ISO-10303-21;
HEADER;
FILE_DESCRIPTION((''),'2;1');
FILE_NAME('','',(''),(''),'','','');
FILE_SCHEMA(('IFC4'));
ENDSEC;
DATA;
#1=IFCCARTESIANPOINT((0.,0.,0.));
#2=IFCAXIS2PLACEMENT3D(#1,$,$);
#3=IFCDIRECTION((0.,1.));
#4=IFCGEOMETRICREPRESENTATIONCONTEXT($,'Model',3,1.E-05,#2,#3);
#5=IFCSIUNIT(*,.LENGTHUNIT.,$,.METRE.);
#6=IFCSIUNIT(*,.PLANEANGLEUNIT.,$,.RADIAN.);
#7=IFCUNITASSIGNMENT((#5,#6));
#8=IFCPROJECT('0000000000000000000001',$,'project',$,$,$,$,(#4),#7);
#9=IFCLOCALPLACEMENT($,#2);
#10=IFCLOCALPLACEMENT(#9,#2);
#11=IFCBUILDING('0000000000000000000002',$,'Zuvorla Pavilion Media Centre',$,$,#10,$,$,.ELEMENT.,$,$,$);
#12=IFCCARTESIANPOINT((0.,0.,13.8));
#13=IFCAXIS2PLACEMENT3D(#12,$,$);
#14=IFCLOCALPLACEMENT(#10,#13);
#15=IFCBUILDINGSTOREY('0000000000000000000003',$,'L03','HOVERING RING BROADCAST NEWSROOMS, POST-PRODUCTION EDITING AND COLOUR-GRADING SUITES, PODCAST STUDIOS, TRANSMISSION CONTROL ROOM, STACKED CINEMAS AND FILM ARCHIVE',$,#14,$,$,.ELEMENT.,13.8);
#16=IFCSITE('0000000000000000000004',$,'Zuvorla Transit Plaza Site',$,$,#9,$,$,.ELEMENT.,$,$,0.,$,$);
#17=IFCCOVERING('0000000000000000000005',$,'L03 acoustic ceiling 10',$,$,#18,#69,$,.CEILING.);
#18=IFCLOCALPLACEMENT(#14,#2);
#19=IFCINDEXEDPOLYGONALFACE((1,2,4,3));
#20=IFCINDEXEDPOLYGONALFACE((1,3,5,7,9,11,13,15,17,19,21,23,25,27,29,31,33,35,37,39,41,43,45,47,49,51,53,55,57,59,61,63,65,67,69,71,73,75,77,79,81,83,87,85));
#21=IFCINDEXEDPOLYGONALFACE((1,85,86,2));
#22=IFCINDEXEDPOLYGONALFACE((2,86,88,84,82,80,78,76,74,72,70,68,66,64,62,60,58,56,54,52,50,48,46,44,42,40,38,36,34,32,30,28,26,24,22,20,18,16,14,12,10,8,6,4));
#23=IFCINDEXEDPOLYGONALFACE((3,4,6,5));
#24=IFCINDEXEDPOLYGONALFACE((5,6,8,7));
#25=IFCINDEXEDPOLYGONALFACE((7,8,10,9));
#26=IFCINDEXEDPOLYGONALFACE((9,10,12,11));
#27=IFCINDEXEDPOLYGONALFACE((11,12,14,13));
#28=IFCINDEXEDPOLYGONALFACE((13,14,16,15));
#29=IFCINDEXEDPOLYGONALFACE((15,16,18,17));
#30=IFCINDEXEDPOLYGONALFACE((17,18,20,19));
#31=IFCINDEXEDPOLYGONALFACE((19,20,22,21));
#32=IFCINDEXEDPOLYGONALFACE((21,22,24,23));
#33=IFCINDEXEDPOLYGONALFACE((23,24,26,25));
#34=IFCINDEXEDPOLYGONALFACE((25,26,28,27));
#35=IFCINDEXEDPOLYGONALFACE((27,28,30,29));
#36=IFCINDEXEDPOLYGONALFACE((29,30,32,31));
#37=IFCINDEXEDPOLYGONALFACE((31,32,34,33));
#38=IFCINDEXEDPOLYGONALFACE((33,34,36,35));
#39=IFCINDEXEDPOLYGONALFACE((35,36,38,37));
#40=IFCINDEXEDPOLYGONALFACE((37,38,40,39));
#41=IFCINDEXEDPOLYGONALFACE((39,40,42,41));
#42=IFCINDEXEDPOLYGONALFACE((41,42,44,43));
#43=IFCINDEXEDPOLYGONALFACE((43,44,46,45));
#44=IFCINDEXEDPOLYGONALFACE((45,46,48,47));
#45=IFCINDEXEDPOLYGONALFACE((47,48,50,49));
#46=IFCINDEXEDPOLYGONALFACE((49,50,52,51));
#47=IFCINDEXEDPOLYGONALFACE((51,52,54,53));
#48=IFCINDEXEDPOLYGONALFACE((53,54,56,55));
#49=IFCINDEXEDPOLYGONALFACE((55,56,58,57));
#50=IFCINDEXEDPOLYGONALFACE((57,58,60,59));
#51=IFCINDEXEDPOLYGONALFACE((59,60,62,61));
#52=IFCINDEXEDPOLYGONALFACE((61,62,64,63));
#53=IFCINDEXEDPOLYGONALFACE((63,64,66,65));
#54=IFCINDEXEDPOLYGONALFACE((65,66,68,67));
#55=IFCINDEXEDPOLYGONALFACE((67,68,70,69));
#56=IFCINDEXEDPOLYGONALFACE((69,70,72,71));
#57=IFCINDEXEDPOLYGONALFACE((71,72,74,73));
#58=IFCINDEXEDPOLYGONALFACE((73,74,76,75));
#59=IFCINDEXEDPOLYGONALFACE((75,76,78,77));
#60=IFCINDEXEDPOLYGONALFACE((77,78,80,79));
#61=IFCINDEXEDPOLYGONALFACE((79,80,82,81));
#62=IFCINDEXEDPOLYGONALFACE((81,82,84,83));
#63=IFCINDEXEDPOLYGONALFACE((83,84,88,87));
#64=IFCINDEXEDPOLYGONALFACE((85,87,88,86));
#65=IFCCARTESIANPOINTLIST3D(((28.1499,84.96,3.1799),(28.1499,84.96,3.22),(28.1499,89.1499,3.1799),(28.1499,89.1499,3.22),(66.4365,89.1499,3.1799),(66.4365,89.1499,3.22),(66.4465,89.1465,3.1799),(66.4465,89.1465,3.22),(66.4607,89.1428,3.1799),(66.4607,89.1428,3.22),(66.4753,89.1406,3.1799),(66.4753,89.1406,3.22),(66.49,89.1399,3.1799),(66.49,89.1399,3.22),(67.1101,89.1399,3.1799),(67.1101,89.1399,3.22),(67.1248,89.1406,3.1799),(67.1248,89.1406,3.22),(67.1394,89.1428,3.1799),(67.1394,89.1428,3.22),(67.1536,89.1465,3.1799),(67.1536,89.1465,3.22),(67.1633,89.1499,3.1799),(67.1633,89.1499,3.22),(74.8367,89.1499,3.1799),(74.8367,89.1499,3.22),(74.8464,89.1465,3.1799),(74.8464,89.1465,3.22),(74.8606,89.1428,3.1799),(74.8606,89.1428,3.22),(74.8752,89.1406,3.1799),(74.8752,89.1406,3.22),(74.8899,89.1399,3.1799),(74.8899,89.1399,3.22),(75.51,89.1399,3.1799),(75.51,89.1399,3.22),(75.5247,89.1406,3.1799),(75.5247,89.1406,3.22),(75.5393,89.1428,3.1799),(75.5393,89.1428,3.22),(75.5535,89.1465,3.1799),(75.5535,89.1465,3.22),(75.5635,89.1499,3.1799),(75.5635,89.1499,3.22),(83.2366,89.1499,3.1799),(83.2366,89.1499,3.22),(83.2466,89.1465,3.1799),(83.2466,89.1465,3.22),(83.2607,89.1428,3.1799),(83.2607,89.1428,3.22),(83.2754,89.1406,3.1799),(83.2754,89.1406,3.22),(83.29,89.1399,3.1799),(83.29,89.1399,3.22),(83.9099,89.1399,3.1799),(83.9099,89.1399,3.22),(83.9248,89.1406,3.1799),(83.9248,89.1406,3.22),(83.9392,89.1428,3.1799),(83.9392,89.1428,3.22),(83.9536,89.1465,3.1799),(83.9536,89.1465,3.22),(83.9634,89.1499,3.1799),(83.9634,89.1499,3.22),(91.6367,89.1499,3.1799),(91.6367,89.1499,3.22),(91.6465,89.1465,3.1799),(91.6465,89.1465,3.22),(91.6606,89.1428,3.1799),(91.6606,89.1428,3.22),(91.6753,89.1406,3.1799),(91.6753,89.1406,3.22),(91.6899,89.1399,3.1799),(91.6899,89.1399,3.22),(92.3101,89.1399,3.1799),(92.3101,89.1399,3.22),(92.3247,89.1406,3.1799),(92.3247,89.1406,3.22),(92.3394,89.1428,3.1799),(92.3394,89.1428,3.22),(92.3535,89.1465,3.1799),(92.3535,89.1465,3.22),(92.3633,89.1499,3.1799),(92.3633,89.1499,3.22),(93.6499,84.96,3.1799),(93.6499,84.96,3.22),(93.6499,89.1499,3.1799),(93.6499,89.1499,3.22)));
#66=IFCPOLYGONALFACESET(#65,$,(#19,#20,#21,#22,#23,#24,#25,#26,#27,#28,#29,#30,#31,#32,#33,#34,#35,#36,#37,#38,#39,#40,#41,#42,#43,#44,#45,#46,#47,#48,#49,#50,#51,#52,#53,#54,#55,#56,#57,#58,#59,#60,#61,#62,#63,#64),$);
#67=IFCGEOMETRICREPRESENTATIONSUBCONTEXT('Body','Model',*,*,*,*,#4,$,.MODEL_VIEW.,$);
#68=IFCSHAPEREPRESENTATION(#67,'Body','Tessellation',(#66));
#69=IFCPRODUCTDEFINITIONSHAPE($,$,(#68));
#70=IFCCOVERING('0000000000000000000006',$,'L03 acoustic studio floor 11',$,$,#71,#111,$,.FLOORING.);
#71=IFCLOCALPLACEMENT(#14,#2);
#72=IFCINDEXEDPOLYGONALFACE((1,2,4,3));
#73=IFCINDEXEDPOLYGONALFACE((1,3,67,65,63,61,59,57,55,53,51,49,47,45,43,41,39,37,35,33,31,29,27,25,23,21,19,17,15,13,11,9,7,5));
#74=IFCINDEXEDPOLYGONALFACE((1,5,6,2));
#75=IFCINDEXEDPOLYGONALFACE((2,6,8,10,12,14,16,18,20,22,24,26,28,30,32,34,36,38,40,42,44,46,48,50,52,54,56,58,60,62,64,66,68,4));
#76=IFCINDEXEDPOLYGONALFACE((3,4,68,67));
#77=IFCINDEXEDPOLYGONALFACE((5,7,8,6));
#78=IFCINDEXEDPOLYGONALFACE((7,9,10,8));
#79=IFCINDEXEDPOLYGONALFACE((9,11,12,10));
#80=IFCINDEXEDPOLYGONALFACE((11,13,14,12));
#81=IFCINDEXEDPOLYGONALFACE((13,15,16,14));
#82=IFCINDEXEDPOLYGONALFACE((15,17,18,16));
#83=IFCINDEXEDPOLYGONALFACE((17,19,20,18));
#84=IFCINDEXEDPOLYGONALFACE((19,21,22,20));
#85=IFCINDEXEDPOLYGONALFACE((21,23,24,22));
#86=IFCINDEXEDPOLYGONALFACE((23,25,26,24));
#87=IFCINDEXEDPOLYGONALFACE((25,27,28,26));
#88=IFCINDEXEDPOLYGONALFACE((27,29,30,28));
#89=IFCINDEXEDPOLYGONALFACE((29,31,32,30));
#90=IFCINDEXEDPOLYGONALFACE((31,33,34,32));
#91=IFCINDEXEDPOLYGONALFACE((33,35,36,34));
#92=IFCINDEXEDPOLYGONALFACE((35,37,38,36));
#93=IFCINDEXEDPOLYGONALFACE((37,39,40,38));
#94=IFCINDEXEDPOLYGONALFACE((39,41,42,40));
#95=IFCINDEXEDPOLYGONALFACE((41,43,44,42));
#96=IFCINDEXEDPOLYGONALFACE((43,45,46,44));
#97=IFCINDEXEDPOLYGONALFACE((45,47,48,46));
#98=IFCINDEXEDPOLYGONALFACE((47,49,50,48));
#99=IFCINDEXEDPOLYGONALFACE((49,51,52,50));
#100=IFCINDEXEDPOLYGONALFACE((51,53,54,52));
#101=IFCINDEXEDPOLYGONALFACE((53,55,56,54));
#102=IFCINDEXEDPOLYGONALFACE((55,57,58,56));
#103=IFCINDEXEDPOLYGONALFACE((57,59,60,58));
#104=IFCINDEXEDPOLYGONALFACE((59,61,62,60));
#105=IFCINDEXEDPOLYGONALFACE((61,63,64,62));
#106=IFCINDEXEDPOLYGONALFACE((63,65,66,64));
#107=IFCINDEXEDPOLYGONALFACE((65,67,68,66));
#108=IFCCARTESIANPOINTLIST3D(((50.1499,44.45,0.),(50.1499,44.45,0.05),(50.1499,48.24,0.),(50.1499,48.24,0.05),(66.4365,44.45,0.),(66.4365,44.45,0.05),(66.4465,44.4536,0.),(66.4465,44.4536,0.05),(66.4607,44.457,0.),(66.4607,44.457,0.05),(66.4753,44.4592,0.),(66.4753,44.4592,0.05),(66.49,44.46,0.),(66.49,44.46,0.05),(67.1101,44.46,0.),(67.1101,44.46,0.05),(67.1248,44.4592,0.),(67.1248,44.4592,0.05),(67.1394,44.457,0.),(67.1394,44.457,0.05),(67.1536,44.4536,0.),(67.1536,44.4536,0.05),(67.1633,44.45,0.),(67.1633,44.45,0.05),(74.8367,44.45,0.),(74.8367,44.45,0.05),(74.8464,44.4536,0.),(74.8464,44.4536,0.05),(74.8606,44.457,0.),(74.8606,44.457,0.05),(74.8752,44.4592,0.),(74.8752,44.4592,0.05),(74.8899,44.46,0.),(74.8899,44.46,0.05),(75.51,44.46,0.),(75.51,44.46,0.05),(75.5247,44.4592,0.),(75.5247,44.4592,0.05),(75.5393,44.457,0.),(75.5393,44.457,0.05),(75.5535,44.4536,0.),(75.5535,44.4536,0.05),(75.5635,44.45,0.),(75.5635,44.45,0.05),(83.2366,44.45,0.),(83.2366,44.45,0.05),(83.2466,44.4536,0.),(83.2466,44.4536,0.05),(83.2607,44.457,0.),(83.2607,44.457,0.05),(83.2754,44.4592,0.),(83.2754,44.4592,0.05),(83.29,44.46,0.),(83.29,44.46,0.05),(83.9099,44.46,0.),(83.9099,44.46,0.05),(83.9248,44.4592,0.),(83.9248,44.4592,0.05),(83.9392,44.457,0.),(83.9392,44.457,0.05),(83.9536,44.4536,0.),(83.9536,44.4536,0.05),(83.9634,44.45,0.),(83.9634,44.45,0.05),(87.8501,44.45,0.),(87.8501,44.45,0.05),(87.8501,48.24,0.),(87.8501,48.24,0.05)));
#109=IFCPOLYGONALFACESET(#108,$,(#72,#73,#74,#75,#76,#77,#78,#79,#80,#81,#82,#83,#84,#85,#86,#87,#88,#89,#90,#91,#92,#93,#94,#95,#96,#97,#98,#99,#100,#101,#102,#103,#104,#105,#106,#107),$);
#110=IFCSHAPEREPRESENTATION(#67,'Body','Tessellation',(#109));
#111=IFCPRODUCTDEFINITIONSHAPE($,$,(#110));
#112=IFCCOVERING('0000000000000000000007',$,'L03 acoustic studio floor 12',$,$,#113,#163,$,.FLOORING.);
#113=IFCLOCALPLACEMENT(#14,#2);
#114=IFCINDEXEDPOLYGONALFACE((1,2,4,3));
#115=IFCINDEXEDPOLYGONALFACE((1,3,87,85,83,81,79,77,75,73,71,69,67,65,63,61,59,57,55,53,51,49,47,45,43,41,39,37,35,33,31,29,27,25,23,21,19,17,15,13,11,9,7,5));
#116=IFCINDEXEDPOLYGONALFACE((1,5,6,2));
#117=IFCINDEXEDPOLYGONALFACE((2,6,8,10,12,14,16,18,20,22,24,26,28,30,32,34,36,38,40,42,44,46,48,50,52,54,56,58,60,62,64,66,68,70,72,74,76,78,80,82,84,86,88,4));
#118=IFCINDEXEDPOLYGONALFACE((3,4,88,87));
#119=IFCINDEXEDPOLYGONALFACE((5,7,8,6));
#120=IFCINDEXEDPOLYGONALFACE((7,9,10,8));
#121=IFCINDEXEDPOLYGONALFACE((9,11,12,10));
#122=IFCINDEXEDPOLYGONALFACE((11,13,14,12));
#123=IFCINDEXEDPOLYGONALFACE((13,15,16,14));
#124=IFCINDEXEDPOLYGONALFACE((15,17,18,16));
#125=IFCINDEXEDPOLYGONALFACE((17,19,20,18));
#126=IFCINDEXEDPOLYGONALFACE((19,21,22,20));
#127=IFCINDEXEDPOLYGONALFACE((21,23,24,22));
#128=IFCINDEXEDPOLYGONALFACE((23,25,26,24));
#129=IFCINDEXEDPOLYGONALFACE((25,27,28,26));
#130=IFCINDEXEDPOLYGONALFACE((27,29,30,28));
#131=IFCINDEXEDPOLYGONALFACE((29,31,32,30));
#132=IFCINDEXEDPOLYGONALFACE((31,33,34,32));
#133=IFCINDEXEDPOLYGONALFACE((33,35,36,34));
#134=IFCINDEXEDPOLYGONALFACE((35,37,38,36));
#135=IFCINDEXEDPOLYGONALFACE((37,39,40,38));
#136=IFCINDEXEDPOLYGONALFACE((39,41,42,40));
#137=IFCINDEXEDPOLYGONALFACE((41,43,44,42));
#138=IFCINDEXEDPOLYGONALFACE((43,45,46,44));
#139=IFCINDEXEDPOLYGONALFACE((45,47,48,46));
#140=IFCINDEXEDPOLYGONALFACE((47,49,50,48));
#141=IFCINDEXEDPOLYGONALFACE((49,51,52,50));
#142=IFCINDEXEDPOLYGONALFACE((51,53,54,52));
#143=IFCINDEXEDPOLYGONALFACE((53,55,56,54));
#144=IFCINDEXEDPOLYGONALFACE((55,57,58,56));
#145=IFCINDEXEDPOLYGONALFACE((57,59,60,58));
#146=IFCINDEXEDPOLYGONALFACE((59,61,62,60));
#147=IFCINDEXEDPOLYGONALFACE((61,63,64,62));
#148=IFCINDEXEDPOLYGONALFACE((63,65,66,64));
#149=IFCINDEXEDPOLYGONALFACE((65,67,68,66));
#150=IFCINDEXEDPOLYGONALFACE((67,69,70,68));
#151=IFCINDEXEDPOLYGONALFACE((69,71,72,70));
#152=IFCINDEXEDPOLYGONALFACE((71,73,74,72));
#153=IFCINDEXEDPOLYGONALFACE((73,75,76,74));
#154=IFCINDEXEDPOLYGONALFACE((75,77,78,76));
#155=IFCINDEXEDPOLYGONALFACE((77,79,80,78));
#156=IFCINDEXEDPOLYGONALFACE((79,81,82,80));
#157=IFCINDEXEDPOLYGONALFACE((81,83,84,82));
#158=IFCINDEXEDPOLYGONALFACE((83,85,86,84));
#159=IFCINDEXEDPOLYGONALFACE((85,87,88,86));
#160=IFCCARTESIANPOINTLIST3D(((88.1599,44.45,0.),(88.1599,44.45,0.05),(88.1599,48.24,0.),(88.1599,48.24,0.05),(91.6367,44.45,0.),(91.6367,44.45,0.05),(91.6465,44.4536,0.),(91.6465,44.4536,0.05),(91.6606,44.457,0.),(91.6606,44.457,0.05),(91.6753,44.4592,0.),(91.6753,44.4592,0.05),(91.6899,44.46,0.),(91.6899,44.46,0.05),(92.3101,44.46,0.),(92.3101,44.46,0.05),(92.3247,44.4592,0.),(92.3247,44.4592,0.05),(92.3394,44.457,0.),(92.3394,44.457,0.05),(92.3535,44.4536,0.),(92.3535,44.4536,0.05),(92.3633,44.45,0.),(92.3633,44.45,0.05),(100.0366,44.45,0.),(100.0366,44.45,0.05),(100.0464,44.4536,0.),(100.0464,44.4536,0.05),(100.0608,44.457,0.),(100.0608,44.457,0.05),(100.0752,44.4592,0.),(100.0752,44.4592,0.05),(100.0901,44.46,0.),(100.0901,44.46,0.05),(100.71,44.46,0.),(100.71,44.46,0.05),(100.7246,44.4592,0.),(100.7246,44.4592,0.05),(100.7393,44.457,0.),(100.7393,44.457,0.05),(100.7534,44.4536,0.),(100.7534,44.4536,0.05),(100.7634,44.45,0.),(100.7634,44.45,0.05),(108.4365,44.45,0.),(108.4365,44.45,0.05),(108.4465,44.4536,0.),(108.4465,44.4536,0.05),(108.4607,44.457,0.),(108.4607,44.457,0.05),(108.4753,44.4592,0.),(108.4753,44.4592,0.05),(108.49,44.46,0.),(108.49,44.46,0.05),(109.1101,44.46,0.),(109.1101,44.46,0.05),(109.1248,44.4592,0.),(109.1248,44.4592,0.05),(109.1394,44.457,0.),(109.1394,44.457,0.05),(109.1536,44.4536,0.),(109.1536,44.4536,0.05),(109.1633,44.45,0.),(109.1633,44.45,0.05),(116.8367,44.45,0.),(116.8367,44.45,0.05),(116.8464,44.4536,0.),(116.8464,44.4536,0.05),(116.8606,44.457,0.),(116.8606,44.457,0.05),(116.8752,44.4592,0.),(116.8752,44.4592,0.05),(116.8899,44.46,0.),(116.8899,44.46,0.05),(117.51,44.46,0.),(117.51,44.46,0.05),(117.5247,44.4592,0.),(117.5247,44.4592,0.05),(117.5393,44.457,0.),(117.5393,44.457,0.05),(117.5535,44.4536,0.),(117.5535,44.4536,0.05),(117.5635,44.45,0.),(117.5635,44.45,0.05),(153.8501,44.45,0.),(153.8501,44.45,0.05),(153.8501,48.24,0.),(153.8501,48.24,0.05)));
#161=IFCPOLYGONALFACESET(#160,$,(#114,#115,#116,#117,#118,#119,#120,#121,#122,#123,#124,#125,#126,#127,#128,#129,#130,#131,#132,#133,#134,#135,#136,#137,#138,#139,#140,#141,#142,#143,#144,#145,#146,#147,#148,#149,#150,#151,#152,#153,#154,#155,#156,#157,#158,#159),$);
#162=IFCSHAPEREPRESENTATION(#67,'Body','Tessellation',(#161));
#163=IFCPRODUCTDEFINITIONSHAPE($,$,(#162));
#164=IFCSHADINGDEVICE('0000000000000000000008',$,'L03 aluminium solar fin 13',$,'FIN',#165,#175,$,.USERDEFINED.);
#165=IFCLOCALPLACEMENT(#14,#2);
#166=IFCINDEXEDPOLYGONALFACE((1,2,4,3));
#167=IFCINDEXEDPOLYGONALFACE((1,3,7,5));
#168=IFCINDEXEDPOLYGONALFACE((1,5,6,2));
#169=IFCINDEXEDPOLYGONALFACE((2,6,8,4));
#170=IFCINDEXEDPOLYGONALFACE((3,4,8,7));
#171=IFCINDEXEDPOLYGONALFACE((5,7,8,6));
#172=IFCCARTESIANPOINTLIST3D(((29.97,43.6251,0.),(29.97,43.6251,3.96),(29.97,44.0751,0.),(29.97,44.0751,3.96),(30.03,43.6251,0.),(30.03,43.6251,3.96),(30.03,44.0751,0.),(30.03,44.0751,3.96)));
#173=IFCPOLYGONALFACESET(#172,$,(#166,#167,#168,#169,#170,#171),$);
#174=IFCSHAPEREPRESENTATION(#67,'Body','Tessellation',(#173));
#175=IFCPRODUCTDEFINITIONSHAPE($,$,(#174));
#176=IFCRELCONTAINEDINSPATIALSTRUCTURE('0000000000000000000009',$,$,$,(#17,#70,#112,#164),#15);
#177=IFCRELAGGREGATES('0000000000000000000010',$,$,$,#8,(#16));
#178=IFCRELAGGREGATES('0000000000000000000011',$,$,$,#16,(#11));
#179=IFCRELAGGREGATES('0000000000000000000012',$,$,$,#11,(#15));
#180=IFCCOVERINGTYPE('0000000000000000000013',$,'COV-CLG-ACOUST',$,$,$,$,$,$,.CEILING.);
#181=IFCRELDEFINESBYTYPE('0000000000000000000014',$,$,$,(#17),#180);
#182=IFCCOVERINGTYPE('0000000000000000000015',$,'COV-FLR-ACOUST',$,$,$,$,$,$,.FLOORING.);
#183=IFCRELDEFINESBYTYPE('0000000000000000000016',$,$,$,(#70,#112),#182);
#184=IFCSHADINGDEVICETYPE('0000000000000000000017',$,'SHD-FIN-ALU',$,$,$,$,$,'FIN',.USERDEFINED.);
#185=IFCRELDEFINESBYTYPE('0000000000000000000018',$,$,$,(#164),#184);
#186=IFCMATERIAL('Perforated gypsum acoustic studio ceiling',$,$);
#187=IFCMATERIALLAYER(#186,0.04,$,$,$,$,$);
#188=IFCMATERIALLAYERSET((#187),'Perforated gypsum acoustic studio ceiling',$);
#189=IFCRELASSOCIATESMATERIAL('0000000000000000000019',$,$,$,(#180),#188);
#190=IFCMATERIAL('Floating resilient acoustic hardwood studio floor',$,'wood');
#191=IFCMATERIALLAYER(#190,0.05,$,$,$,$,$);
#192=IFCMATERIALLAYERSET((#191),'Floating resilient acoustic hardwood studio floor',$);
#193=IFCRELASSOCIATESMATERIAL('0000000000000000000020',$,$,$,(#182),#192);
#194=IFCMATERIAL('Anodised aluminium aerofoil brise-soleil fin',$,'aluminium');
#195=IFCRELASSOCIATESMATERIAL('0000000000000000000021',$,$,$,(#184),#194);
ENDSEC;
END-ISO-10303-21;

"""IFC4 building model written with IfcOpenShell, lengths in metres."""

from ifc_helpers import new_model, si_unit, direction, frame, origin, origin_2d, place, context, subcontext, project, spatial, polyline, rectangle, outline, extrude, material, layer, layer_set, type_object, element, save


model = new_model("IFC4")

# Units and contexts
model_context = context("Model", 3, precision=1e-05, world=origin(), true_north=direction((0.0, 1.0)))
body_context = subcontext(model_context, "Body", "Model", "MODEL_VIEW")
ifc_project = project(units=[si_unit("LENGTHUNIT", "METRE"), si_unit("PLANEANGLEUNIT", "RADIAN")], contexts=[model_context])

# Site, building, storey
site_placement = place(None, origin())
site = spatial("IfcSite", under=ifc_project, at=site_placement, Name="Zuvorla Transit Plaza Site", CompositionType="ELEMENT", RefElevation=0.0)
building_placement = place(site_placement, origin())
building = spatial("IfcBuilding", under=site, at=building_placement, Name="Zuvorla Pavilion Media Centre", CompositionType="ELEMENT")
storey_placement = place(building_placement, frame((0.0, 0.0, 13.8)))
storey = spatial("IfcBuildingStorey", under=building, at=storey_placement, Name="L03", Description="HOVERING RING BROADCAST NEWSROOMS, POST-PRODUCTION EDITING AND COLOUR-GRADING SUITES, PODCAST STUDIOS, TRANSMISSION CONTROL ROOM, STACKED CINEMAS AND FILM ARCHIVE", CompositionType="ELEMENT", Elevation=13.8)

# Coverings
ifc_material_1 = material(Name="Perforated gypsum acoustic studio ceiling")
ifc_layer_1 = layer(ifc_material_1, 0.04)
ifc_layer_set_1 = layer_set([ifc_layer_1], Name="Perforated gypsum acoustic studio ceiling")
covering_type_1 = type_object("IfcCoveringType", Name="COV-CLG-ACOUST", PredefinedType="CEILING", material=ifc_layer_set_1)
covering_1_placement = place(storey_placement, frame((0.0, 0.0, 3.1799)))
element("IfcCovering", 1, at=covering_1_placement, inside=storey, type_object=covering_type_1, Name="L03 acoustic ceiling 10", PredefinedType="CEILING", context=body_context, shape_type="SweptSolid", body=[
    extrude(outline(polyline([(28.1499, 89.1499), (66.4365, 89.1499), (66.4465, 89.1465), (66.4607, 89.1428), (66.4753, 89.1406), (66.49, 89.1399), (67.1101, 89.1399), (67.1248, 89.1406), (67.1394, 89.1428), (67.1536, 89.1465), (67.1633, 89.1499), (74.8367, 89.1499), (74.8464, 89.1465), (74.8606, 89.1428), (74.8752, 89.1406), (74.8899, 89.1399), (75.51, 89.1399), (75.5247, 89.1406), (75.5393, 89.1428), (75.5535, 89.1465), (75.5635, 89.1499), (83.2366, 89.1499), (83.2466, 89.1465), (83.2607, 89.1428), (83.2754, 89.1406), (83.29, 89.1399), (83.9099, 89.1399), (83.9248, 89.1406), (83.9392, 89.1428), (83.9536, 89.1465), (83.9634, 89.1499), (91.6367, 89.1499), (91.6465, 89.1465), (91.6606, 89.1428), (91.6753, 89.1406), (91.6899, 89.1399), (92.3101, 89.1399), (92.3247, 89.1406), (92.3394, 89.1428), (92.3535, 89.1465), (92.3633, 89.1499), (93.6499, 89.1499), (93.6499, 84.96), (28.1499, 84.96), (28.1499, 89.1499)])), origin(), (0.0, 0.0, 1.0), 0.04),
])
ifc_material_2 = material(Name="Floating resilient acoustic hardwood studio floor", Category="wood")
ifc_layer_2 = layer(ifc_material_2, 0.05)
ifc_layer_set_2 = layer_set([ifc_layer_2], Name="Floating resilient acoustic hardwood studio floor")
covering_type_2 = type_object("IfcCoveringType", Name="COV-FLR-ACOUST", PredefinedType="FLOORING", material=ifc_layer_set_2)
covering_2_placement = place(storey_placement, origin())
element("IfcCovering", 2, at=covering_2_placement, inside=storey, type_object=covering_type_2, Name="L03 acoustic studio floor 11", PredefinedType="FLOORING", context=body_context, shape_type="SweptSolid", body=[
    extrude(outline(polyline([(66.4365, 44.45), (50.1499, 44.45), (50.1499, 48.24), (87.8501, 48.24), (87.8501, 44.45), (83.9634, 44.45), (83.9536, 44.4536), (83.9392, 44.457), (83.9248, 44.4592), (83.9099, 44.46), (83.29, 44.46), (83.2754, 44.4592), (83.2607, 44.457), (83.2466, 44.4536), (83.2366, 44.45), (75.5635, 44.45), (75.5535, 44.4536), (75.5393, 44.457), (75.5247, 44.4592), (75.51, 44.46), (74.8899, 44.46), (74.8752, 44.4592), (74.8606, 44.457), (74.8464, 44.4536), (74.8367, 44.45), (67.1633, 44.45), (67.1536, 44.4536), (67.1394, 44.457), (67.1248, 44.4592), (67.1101, 44.46), (66.49, 44.46), (66.4753, 44.4592), (66.4607, 44.457), (66.4465, 44.4536), (66.4365, 44.45)])), origin(), (0.0, 0.0, 1.0), 0.05),
])
covering_3_placement = place(storey_placement, origin())
element("IfcCovering", 3, at=covering_3_placement, inside=storey, type_object=covering_type_2, Name="L03 acoustic studio floor 12", PredefinedType="FLOORING", context=body_context, shape_type="SweptSolid", body=[
    extrude(outline(polyline([(91.6367, 44.45), (88.1599, 44.45), (88.1599, 48.24), (153.8501, 48.24), (153.8501, 44.45), (117.5635, 44.45), (117.5535, 44.4536), (117.5393, 44.457), (117.5247, 44.4592), (117.51, 44.46), (116.8899, 44.46), (116.8752, 44.4592), (116.8606, 44.457), (116.8464, 44.4536), (116.8367, 44.45), (109.1633, 44.45), (109.1536, 44.4536), (109.1394, 44.457), (109.1248, 44.4592), (109.1101, 44.46), (108.49, 44.46), (108.4753, 44.4592), (108.4607, 44.457), (108.4465, 44.4536), (108.4365, 44.45), (100.7634, 44.45), (100.7534, 44.4536), (100.7393, 44.457), (100.7246, 44.4592), (100.71, 44.46), (100.0901, 44.46), (100.0752, 44.4592), (100.0608, 44.457), (100.0464, 44.4536), (100.0366, 44.45), (92.3633, 44.45), (92.3535, 44.4536), (92.3394, 44.457), (92.3247, 44.4592), (92.3101, 44.46), (91.6899, 44.46), (91.6753, 44.4592), (91.6606, 44.457), (91.6465, 44.4536), (91.6367, 44.45)])), origin(), (0.0, 0.0, 1.0), 0.05),
])

# Shading device
ifc_material_3 = material(Name="Anodised aluminium aerofoil brise-soleil fin", Category="aluminium")
shading_device_type = type_object("IfcShadingDeviceType", Name="SHD-FIN-ALU", ElementType="FIN", PredefinedType="USERDEFINED", material=ifc_material_3)
for number, where, z_axis, x_axis, name in (
    (4, (30.0, 43.8501, 0.0), (0.0, 0.0, 1.0), (1.0, 0.0, 0.0), "L03 aluminium solar fin 13"),
):
    element("IfcShadingDevice", number, at=place(storey_placement, frame(where, z_axis=z_axis, x_axis=x_axis)), inside=storey, type_object=shading_device_type, Name=name, ObjectType="FIN", PredefinedType="USERDEFINED", context=body_context, shape_type="SweptSolid", body=[
        extrude(rectangle(XDim=0.0601, YDim=0.45, at=origin_2d()), origin(), (0.0, 0.0, 1.0), 3.96),
    ])

save(model, "model.ifc")
